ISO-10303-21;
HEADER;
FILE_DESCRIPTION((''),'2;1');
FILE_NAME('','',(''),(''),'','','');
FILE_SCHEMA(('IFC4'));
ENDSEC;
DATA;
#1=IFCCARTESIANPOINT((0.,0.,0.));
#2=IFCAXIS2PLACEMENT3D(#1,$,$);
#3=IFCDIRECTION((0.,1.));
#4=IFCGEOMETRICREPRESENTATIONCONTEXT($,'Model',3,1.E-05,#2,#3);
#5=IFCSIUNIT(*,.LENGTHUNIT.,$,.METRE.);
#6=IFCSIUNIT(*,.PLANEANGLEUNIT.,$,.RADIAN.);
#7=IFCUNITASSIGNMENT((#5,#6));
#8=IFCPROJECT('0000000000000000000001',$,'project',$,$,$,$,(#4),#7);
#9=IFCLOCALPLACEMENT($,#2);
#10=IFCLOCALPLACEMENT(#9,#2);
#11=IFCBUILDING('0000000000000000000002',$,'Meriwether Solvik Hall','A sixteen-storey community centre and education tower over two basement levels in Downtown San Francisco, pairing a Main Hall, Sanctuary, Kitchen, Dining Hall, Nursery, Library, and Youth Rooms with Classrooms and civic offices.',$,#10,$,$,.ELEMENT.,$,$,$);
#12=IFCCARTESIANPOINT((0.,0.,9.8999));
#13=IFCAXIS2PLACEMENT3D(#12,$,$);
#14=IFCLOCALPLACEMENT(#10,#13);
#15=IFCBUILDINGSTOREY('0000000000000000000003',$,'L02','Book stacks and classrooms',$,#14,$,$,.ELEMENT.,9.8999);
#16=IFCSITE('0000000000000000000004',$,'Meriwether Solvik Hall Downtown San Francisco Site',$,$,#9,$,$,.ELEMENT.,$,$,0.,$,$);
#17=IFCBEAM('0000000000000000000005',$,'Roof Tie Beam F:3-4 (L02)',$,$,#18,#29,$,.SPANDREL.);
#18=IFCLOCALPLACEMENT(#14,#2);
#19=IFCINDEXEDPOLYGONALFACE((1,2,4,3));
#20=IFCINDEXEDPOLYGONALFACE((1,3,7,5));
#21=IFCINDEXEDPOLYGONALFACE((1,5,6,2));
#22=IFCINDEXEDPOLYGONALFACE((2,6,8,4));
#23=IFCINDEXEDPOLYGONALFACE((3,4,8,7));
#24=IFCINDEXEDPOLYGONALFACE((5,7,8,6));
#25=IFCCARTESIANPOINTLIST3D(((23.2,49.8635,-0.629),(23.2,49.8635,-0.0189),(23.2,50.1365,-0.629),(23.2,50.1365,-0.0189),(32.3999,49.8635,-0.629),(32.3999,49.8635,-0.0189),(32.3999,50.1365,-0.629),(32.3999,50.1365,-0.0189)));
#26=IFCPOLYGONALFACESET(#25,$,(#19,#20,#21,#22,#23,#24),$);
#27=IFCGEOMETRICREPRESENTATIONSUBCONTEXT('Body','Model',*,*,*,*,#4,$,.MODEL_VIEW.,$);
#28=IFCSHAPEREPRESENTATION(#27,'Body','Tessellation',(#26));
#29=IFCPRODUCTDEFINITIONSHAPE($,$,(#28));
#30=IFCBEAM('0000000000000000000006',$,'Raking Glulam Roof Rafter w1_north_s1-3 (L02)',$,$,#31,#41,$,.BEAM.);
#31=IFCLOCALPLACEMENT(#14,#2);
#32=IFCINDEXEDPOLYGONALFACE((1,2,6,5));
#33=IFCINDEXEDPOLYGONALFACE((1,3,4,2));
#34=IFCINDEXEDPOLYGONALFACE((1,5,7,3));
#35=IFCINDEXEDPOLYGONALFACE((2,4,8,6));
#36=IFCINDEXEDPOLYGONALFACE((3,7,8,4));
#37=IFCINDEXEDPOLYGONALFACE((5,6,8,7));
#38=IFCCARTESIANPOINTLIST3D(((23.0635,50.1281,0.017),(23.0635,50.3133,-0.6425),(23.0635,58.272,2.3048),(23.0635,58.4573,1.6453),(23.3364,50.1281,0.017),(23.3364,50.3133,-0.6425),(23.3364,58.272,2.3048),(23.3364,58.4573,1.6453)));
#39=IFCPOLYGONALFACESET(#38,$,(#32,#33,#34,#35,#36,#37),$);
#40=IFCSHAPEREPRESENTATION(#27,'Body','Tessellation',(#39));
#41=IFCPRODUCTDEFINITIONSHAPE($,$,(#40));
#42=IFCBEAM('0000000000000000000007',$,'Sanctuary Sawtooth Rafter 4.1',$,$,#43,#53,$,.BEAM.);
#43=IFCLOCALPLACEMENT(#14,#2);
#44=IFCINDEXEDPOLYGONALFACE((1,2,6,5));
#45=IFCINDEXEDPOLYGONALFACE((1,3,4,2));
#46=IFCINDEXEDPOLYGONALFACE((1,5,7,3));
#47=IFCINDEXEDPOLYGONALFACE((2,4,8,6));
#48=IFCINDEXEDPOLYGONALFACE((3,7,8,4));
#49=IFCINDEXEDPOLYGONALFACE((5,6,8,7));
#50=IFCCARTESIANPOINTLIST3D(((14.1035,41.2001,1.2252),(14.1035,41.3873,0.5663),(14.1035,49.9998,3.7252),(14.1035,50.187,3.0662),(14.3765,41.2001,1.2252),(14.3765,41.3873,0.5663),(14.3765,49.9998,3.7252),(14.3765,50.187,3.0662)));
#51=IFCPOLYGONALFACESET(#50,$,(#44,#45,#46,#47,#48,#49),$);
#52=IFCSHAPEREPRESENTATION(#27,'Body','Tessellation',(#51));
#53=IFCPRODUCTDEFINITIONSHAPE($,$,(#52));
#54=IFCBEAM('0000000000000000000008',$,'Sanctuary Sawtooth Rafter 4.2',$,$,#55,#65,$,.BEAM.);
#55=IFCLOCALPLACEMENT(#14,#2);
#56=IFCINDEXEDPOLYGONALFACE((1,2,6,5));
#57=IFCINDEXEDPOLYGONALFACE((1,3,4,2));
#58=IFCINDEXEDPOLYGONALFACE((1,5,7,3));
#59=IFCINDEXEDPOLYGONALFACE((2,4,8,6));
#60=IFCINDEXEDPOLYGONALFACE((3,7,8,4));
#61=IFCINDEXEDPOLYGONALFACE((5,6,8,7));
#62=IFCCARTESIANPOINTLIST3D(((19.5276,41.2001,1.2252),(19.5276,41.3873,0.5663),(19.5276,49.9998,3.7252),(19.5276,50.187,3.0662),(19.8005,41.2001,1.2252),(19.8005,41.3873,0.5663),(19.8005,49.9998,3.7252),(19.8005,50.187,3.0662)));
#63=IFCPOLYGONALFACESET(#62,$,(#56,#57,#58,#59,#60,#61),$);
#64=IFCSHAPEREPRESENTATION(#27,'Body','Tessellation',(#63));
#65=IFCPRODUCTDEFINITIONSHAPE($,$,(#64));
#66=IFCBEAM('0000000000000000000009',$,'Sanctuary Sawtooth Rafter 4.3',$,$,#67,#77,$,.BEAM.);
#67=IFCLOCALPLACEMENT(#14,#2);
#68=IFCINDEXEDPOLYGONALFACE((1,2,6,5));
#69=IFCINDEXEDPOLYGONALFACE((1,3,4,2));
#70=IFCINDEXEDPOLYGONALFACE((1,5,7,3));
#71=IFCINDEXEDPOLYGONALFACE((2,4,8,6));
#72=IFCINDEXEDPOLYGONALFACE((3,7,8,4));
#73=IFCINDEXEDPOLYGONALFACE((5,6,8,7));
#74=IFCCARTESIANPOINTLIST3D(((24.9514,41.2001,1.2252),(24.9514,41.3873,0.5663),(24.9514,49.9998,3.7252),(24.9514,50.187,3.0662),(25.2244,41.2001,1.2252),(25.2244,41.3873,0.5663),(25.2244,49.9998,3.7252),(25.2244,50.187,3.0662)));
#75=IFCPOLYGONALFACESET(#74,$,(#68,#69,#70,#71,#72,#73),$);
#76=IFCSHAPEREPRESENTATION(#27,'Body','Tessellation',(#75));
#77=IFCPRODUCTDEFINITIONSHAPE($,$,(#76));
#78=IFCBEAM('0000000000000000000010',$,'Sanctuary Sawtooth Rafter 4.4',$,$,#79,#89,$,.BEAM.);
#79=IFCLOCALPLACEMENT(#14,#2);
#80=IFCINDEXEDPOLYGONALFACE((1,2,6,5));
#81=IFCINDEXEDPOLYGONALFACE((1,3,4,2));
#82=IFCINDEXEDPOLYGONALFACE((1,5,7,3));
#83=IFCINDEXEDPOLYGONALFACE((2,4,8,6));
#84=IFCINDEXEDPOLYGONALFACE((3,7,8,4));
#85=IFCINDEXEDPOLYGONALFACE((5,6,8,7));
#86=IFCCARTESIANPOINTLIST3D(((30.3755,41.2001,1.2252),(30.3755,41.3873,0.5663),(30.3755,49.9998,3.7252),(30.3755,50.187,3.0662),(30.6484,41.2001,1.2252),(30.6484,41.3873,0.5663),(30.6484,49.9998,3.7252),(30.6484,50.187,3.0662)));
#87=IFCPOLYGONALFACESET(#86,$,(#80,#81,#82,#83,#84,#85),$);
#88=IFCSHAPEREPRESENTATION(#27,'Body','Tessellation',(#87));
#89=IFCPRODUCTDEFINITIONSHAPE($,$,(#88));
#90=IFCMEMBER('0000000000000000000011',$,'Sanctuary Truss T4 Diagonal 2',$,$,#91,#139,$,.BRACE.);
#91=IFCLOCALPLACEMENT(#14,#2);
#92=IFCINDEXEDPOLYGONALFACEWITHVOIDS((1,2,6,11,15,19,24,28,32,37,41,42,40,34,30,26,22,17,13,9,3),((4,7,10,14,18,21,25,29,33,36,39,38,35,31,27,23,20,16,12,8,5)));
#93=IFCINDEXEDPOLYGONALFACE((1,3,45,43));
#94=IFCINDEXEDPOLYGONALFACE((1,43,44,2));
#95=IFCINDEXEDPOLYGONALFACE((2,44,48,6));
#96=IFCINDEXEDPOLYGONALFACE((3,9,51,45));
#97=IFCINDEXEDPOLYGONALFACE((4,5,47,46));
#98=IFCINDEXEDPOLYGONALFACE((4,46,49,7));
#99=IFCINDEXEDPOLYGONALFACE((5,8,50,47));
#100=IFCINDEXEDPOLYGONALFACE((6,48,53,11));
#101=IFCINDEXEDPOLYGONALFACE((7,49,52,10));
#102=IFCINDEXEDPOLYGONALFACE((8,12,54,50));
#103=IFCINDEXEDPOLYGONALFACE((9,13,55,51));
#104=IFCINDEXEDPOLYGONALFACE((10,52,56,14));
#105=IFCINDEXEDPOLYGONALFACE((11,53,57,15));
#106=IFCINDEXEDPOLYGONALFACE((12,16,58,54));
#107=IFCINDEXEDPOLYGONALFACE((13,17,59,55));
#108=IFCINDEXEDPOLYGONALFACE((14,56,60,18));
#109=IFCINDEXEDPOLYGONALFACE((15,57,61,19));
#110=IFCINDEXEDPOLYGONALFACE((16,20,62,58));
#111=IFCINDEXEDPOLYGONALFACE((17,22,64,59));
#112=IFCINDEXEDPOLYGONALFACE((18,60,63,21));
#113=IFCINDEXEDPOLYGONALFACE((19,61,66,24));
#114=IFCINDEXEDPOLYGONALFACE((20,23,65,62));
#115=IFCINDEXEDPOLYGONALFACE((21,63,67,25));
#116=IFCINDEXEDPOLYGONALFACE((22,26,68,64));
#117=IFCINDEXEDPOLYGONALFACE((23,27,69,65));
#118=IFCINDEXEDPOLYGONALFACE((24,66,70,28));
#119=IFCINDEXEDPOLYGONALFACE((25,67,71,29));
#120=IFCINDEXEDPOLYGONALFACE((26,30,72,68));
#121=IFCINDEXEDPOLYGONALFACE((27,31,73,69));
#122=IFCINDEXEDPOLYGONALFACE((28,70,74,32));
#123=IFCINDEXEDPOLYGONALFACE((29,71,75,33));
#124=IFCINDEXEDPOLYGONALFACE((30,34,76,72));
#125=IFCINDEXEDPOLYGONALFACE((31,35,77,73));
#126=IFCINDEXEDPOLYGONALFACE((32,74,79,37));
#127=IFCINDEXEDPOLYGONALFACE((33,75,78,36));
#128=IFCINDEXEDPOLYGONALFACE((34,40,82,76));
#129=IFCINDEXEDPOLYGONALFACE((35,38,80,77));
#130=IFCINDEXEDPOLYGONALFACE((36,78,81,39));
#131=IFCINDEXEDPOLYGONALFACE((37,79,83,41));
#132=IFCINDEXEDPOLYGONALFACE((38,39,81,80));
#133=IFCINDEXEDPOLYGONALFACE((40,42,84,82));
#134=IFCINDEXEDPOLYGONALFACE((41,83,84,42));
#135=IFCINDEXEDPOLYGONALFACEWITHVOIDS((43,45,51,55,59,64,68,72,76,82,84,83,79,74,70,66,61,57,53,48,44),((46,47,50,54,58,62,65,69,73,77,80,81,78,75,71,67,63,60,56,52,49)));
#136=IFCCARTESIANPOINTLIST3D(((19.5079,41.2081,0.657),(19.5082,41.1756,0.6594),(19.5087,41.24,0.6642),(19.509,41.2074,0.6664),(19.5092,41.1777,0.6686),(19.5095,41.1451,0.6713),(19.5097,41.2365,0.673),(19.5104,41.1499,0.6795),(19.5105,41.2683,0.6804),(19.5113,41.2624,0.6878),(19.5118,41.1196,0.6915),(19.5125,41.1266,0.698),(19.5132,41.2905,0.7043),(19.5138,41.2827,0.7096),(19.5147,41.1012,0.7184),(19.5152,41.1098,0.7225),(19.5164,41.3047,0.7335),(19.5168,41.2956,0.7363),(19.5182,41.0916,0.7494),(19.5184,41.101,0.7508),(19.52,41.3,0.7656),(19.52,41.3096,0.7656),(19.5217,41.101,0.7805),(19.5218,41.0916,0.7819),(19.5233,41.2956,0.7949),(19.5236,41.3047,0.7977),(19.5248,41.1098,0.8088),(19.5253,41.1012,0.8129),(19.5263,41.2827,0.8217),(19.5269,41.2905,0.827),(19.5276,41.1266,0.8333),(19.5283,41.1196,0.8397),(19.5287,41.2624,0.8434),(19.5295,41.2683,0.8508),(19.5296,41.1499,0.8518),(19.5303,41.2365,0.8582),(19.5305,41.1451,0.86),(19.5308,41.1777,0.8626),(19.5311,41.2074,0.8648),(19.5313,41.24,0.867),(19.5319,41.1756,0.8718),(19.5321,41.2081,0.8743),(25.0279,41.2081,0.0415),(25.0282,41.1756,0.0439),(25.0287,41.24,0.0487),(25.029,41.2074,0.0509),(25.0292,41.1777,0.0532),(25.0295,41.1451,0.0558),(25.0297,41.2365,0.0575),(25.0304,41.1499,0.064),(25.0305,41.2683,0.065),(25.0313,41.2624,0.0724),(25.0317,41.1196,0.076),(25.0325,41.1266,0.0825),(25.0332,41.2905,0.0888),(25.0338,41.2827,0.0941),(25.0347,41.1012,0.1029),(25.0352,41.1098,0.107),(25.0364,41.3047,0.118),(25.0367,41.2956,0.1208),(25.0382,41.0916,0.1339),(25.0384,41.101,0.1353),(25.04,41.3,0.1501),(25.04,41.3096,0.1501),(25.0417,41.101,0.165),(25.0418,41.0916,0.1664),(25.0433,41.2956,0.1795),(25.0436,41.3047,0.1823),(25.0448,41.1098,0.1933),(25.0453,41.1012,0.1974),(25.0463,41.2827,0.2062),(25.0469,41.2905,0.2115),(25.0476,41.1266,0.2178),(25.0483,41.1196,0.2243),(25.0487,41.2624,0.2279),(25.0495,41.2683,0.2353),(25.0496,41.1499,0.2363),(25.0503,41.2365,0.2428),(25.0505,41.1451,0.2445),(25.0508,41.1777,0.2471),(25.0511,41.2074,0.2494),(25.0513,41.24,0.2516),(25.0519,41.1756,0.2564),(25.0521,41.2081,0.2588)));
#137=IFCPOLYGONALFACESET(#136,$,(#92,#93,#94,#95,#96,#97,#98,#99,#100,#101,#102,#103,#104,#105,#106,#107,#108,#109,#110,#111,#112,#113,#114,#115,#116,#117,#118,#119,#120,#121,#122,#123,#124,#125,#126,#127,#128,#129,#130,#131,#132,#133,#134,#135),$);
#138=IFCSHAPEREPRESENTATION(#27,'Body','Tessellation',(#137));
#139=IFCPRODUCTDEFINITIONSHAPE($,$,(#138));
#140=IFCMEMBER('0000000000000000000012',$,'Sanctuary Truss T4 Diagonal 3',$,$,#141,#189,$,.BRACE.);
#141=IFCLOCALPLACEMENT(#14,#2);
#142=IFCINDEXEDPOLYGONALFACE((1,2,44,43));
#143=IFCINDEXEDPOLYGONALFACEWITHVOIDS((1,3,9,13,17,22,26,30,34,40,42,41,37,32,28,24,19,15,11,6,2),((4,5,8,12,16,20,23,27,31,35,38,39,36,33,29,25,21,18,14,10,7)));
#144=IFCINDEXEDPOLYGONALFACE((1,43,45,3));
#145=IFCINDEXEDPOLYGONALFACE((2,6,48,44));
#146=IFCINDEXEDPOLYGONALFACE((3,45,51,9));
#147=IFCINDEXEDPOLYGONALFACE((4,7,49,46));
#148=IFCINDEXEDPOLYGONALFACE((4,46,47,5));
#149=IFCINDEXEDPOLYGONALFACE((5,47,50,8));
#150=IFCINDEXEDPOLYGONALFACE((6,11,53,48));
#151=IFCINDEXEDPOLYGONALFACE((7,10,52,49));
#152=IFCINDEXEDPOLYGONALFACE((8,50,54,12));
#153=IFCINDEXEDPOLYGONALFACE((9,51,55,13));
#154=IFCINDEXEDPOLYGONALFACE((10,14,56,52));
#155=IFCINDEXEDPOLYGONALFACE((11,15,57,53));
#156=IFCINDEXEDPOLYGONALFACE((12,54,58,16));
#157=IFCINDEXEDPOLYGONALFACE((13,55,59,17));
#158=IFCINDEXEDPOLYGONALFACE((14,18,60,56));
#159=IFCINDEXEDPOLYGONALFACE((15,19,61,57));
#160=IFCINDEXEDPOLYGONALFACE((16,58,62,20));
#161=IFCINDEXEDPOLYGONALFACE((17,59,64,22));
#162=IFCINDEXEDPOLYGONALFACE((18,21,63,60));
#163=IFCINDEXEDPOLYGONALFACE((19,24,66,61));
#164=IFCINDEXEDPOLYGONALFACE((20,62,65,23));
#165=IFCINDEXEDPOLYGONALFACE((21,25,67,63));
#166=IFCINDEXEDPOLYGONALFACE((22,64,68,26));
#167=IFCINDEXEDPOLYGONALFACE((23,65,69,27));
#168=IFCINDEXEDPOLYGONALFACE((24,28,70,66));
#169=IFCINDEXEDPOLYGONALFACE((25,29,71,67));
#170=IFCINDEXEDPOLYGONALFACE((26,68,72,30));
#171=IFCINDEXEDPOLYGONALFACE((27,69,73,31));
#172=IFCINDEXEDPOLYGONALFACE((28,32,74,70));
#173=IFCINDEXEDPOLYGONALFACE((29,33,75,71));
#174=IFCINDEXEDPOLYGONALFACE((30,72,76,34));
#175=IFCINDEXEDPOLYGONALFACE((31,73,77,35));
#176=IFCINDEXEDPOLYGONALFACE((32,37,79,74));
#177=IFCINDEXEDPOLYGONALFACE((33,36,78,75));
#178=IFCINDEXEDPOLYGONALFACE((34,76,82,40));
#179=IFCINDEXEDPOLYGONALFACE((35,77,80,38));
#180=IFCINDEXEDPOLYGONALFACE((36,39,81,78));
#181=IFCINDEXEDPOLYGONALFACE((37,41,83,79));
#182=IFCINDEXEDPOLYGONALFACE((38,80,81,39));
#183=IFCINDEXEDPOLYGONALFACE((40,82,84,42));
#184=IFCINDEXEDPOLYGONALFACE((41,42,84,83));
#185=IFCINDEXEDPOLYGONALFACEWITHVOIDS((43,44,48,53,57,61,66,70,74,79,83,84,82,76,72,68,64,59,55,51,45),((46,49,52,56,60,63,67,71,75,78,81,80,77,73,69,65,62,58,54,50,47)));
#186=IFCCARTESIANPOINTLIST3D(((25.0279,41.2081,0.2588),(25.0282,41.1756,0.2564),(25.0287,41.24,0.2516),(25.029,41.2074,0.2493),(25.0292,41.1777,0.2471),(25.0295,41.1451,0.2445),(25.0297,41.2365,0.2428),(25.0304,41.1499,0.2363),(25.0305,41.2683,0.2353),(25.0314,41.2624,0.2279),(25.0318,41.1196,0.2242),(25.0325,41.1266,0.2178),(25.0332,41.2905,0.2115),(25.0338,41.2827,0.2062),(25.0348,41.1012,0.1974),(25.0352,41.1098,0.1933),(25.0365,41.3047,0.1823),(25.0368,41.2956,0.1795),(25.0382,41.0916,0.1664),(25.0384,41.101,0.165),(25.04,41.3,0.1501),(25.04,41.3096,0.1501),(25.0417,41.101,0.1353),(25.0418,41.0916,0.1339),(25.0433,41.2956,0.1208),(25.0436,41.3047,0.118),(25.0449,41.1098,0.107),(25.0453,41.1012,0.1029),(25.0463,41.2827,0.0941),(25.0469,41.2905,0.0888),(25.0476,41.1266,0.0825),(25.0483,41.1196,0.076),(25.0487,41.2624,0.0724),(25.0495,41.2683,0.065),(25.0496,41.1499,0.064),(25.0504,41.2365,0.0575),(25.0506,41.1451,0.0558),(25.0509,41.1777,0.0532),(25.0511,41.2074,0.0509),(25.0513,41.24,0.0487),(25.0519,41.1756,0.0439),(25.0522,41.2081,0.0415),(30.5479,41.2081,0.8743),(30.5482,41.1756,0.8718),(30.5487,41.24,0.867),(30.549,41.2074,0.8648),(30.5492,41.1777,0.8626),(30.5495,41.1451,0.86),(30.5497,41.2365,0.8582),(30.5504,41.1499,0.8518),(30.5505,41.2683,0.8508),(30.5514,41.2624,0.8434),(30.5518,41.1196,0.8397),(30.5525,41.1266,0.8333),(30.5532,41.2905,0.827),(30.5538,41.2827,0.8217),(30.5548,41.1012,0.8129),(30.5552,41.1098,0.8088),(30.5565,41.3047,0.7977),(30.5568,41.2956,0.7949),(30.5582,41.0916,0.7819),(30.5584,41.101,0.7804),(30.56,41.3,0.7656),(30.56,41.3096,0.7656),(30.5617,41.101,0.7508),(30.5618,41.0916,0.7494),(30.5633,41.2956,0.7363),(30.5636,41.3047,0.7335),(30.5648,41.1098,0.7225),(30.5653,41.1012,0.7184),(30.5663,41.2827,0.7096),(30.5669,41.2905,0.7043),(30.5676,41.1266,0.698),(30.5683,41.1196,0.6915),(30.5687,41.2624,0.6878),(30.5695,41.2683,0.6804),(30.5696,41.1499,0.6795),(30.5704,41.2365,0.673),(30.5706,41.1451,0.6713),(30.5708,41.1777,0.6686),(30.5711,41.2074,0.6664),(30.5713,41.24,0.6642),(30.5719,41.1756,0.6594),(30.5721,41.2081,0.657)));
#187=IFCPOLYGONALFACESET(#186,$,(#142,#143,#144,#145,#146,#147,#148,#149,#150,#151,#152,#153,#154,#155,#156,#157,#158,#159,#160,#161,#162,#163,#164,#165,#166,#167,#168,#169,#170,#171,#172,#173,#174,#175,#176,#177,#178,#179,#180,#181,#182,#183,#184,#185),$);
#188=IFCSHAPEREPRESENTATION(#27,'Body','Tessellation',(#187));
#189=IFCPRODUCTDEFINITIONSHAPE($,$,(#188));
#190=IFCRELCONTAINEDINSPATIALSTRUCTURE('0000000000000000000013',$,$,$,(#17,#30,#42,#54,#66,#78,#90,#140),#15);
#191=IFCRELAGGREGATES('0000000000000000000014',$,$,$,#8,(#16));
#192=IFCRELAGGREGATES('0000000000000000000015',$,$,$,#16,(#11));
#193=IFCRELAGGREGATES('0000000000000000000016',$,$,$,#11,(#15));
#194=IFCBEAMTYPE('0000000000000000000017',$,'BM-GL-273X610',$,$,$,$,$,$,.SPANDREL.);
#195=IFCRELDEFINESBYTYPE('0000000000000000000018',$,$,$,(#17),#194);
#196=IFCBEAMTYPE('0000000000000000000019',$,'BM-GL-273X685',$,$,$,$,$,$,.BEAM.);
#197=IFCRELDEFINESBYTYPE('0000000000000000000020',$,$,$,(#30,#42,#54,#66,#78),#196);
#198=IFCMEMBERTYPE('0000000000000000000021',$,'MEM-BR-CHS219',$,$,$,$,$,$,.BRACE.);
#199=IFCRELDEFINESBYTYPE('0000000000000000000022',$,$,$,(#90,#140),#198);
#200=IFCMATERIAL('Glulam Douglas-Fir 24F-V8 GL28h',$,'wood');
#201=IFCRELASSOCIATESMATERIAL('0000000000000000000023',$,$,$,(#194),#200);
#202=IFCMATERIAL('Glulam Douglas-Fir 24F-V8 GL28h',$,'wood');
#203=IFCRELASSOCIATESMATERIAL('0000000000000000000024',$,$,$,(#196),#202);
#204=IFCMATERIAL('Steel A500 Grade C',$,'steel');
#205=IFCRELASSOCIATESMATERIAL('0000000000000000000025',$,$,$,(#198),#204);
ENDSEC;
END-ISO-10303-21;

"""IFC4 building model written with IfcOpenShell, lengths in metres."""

from ifc_helpers import new_model, si_unit, direction, frame, origin, origin_2d, place, context, subcontext, project, spatial, rectangle, hollow_circle, extrude, material, material_profile, profile_set, type_object, element, save


model = new_model("IFC4")

# Units and contexts
model_context = context("Model", 3, precision=1e-05, world=origin(), true_north=direction((0.0, 1.0)))
body_context = subcontext(model_context, "Body", "Model", "MODEL_VIEW")
ifc_project = project(units=[si_unit("LENGTHUNIT", "METRE"), si_unit("PLANEANGLEUNIT", "RADIAN")], contexts=[model_context])

# Site, building, storey
site_placement = place(None, origin())
site = spatial("IfcSite", under=ifc_project, at=site_placement, Name="Meriwether Solvik Hall Downtown San Francisco Site", CompositionType="ELEMENT", RefElevation=0.0)
building_placement = place(site_placement, origin())
building = spatial("IfcBuilding", under=site, at=building_placement, Name="Meriwether Solvik Hall", Description="A sixteen-storey community centre and education tower over two basement levels in Downtown San Francisco, pairing a Main Hall, Sanctuary, Kitchen, Dining Hall, Nursery, Library, and Youth Rooms with Classrooms and civic offices.", CompositionType="ELEMENT")
storey_placement = place(building_placement, frame((0.0, 0.0, 9.8999)))
storey = spatial("IfcBuildingStorey", under=building, at=storey_placement, Name="L02", Description="Book stacks and classrooms", CompositionType="ELEMENT", Elevation=9.8999)

# Beams
ifc_material_1 = material(Name="Glulam Douglas-Fir 24F-V8 GL28h", Category="wood")
ifc_material_profile_1 = material_profile(ifc_material_1, rectangle(XDim=0.2729, YDim=0.6101, at=origin_2d()), Name="GLB-273X610")
ifc_profile_set_1 = profile_set([ifc_material_profile_1], Name="Glulam Douglas-Fir 24F-V8 GL28h")
beam_type_1 = type_object("IfcBeamType", Name="BM-GL-273X610", PredefinedType="SPANDREL", material=ifc_profile_set_1)
beam_1_placement = place(storey_placement, frame((23.2, 50.0, -0.324), z_axis=(1.0, 0.0, 0.0), x_axis=(0.0, 1.0, 0.0)))
element("IfcBeam", 1, at=beam_1_placement, inside=storey, type_object=beam_type_1, Name="Roof Tie Beam F:3-4 (L02)", PredefinedType="SPANDREL", context=body_context, shape_type="SweptSolid", body=[
    extrude(rectangle(XDim=0.2729, YDim=0.6101, at=origin_2d()), origin(), (0.0, 0.0, 1.0), 9.2),
])
ifc_material_2 = material(Name="Glulam Douglas-Fir 24F-V8 GL28h", Category="wood")
ifc_material_profile_2 = material_profile(ifc_material_2, rectangle(XDim=0.2729, YDim=0.6851, at=origin_2d()), Name="GLB-273X685")
ifc_profile_set_2 = profile_set([ifc_material_profile_2], Name="Glulam Douglas-Fir 24F-V8 GL28h")
beam_type_2 = type_object("IfcBeamType", Name="BM-GL-273X685", PredefinedType="BEAM", material=ifc_profile_set_2)
beam_2_placement = place(storey_placement, frame((23.2, 50.2207, -0.3127), z_axis=(0.0, 0.962733, 0.270453), x_axis=(-1.0, 0.0, 0.0)))
element("IfcBeam", 2, at=beam_2_placement, inside=storey, type_object=beam_type_2, Name="Raking Glulam Roof Rafter w1_north_s1-3 (L02)", PredefinedType="BEAM", context=body_context, shape_type="SweptSolid", body=[
    extrude(rectangle(XDim=0.2729, YDim=0.6851, at=origin_2d()), origin(), (0.0, 0.0, 1.0), 8.4592),
])
for number, where, z_axis, x_axis, name in (
    (3, (14.24, 41.2937, 0.8958), (0.0, 0.961934, 0.273283), (-1.0, 0.0, 0.0), "Sanctuary Sawtooth Rafter 4.1"),
    (4, (19.6641, 41.2937, 0.8958), (0.0, 0.961934, 0.273283), (-1.0, 0.0, 0.0), "Sanctuary Sawtooth Rafter 4.2"),
    (5, (25.0879, 41.2937, 0.8958), (0.0, 0.961934, 0.273283), (-1.0, 0.0, 0.0), "Sanctuary Sawtooth Rafter 4.3"),
    (6, (30.512, 41.2937, 0.8958), (0.0, 0.961934, 0.273283), (-1.0, 0.0, 0.0), "Sanctuary Sawtooth Rafter 4.4"),
):
    element("IfcBeam", number, at=place(storey_placement, frame(where, z_axis=z_axis, x_axis=x_axis)), inside=storey, type_object=beam_type_2, Name=name, PredefinedType="BEAM", context=body_context, shape_type="SweptSolid", body=[
        extrude(rectangle(XDim=0.2729, YDim=0.6851, at=origin_2d()), origin(), (0.0, 0.0, 1.0), 9.1479),
    ])

# Members
ifc_material_3 = material(Name="Steel A500 Grade C", Category="steel")
ifc_material_profile_3 = material_profile(ifc_material_3, hollow_circle(Radius=0.1096, WallThickness=0.0095, at=origin_2d()), Name="CHS219X9.5")
ifc_profile_set_3 = profile_set([ifc_material_profile_3], Name="Steel A500 Grade C")
member_type_1 = type_object("IfcMemberType", Name="MEM-BR-CHS219", PredefinedType="BRACE", material=ifc_profile_set_3)
for number, where, z_axis, x_axis, name in (
    (7, (19.52, 41.2, 0.7656), (0.993841, 0.0, -0.110813), (0.0, 1.0, 0.0), "Sanctuary Truss T4 Diagonal 2"),
    (8, (25.04, 41.2, 0.1501), (0.993841, 0.0, 0.110813), (0.0, 1.0, 0.0), "Sanctuary Truss T4 Diagonal 3"),
):
    element("IfcMember", number, at=place(storey_placement, frame(where, z_axis=z_axis, x_axis=x_axis)), inside=storey, type_object=member_type_1, Name=name, PredefinedType="BRACE", context=body_context, shape_type="SweptSolid", body=[
        extrude(hollow_circle(Radius=0.1096, WallThickness=0.0095, at=origin_2d()), origin(), (0.0, 0.0, 1.0), 5.5542),
    ])

save(model, "model.ifc")
